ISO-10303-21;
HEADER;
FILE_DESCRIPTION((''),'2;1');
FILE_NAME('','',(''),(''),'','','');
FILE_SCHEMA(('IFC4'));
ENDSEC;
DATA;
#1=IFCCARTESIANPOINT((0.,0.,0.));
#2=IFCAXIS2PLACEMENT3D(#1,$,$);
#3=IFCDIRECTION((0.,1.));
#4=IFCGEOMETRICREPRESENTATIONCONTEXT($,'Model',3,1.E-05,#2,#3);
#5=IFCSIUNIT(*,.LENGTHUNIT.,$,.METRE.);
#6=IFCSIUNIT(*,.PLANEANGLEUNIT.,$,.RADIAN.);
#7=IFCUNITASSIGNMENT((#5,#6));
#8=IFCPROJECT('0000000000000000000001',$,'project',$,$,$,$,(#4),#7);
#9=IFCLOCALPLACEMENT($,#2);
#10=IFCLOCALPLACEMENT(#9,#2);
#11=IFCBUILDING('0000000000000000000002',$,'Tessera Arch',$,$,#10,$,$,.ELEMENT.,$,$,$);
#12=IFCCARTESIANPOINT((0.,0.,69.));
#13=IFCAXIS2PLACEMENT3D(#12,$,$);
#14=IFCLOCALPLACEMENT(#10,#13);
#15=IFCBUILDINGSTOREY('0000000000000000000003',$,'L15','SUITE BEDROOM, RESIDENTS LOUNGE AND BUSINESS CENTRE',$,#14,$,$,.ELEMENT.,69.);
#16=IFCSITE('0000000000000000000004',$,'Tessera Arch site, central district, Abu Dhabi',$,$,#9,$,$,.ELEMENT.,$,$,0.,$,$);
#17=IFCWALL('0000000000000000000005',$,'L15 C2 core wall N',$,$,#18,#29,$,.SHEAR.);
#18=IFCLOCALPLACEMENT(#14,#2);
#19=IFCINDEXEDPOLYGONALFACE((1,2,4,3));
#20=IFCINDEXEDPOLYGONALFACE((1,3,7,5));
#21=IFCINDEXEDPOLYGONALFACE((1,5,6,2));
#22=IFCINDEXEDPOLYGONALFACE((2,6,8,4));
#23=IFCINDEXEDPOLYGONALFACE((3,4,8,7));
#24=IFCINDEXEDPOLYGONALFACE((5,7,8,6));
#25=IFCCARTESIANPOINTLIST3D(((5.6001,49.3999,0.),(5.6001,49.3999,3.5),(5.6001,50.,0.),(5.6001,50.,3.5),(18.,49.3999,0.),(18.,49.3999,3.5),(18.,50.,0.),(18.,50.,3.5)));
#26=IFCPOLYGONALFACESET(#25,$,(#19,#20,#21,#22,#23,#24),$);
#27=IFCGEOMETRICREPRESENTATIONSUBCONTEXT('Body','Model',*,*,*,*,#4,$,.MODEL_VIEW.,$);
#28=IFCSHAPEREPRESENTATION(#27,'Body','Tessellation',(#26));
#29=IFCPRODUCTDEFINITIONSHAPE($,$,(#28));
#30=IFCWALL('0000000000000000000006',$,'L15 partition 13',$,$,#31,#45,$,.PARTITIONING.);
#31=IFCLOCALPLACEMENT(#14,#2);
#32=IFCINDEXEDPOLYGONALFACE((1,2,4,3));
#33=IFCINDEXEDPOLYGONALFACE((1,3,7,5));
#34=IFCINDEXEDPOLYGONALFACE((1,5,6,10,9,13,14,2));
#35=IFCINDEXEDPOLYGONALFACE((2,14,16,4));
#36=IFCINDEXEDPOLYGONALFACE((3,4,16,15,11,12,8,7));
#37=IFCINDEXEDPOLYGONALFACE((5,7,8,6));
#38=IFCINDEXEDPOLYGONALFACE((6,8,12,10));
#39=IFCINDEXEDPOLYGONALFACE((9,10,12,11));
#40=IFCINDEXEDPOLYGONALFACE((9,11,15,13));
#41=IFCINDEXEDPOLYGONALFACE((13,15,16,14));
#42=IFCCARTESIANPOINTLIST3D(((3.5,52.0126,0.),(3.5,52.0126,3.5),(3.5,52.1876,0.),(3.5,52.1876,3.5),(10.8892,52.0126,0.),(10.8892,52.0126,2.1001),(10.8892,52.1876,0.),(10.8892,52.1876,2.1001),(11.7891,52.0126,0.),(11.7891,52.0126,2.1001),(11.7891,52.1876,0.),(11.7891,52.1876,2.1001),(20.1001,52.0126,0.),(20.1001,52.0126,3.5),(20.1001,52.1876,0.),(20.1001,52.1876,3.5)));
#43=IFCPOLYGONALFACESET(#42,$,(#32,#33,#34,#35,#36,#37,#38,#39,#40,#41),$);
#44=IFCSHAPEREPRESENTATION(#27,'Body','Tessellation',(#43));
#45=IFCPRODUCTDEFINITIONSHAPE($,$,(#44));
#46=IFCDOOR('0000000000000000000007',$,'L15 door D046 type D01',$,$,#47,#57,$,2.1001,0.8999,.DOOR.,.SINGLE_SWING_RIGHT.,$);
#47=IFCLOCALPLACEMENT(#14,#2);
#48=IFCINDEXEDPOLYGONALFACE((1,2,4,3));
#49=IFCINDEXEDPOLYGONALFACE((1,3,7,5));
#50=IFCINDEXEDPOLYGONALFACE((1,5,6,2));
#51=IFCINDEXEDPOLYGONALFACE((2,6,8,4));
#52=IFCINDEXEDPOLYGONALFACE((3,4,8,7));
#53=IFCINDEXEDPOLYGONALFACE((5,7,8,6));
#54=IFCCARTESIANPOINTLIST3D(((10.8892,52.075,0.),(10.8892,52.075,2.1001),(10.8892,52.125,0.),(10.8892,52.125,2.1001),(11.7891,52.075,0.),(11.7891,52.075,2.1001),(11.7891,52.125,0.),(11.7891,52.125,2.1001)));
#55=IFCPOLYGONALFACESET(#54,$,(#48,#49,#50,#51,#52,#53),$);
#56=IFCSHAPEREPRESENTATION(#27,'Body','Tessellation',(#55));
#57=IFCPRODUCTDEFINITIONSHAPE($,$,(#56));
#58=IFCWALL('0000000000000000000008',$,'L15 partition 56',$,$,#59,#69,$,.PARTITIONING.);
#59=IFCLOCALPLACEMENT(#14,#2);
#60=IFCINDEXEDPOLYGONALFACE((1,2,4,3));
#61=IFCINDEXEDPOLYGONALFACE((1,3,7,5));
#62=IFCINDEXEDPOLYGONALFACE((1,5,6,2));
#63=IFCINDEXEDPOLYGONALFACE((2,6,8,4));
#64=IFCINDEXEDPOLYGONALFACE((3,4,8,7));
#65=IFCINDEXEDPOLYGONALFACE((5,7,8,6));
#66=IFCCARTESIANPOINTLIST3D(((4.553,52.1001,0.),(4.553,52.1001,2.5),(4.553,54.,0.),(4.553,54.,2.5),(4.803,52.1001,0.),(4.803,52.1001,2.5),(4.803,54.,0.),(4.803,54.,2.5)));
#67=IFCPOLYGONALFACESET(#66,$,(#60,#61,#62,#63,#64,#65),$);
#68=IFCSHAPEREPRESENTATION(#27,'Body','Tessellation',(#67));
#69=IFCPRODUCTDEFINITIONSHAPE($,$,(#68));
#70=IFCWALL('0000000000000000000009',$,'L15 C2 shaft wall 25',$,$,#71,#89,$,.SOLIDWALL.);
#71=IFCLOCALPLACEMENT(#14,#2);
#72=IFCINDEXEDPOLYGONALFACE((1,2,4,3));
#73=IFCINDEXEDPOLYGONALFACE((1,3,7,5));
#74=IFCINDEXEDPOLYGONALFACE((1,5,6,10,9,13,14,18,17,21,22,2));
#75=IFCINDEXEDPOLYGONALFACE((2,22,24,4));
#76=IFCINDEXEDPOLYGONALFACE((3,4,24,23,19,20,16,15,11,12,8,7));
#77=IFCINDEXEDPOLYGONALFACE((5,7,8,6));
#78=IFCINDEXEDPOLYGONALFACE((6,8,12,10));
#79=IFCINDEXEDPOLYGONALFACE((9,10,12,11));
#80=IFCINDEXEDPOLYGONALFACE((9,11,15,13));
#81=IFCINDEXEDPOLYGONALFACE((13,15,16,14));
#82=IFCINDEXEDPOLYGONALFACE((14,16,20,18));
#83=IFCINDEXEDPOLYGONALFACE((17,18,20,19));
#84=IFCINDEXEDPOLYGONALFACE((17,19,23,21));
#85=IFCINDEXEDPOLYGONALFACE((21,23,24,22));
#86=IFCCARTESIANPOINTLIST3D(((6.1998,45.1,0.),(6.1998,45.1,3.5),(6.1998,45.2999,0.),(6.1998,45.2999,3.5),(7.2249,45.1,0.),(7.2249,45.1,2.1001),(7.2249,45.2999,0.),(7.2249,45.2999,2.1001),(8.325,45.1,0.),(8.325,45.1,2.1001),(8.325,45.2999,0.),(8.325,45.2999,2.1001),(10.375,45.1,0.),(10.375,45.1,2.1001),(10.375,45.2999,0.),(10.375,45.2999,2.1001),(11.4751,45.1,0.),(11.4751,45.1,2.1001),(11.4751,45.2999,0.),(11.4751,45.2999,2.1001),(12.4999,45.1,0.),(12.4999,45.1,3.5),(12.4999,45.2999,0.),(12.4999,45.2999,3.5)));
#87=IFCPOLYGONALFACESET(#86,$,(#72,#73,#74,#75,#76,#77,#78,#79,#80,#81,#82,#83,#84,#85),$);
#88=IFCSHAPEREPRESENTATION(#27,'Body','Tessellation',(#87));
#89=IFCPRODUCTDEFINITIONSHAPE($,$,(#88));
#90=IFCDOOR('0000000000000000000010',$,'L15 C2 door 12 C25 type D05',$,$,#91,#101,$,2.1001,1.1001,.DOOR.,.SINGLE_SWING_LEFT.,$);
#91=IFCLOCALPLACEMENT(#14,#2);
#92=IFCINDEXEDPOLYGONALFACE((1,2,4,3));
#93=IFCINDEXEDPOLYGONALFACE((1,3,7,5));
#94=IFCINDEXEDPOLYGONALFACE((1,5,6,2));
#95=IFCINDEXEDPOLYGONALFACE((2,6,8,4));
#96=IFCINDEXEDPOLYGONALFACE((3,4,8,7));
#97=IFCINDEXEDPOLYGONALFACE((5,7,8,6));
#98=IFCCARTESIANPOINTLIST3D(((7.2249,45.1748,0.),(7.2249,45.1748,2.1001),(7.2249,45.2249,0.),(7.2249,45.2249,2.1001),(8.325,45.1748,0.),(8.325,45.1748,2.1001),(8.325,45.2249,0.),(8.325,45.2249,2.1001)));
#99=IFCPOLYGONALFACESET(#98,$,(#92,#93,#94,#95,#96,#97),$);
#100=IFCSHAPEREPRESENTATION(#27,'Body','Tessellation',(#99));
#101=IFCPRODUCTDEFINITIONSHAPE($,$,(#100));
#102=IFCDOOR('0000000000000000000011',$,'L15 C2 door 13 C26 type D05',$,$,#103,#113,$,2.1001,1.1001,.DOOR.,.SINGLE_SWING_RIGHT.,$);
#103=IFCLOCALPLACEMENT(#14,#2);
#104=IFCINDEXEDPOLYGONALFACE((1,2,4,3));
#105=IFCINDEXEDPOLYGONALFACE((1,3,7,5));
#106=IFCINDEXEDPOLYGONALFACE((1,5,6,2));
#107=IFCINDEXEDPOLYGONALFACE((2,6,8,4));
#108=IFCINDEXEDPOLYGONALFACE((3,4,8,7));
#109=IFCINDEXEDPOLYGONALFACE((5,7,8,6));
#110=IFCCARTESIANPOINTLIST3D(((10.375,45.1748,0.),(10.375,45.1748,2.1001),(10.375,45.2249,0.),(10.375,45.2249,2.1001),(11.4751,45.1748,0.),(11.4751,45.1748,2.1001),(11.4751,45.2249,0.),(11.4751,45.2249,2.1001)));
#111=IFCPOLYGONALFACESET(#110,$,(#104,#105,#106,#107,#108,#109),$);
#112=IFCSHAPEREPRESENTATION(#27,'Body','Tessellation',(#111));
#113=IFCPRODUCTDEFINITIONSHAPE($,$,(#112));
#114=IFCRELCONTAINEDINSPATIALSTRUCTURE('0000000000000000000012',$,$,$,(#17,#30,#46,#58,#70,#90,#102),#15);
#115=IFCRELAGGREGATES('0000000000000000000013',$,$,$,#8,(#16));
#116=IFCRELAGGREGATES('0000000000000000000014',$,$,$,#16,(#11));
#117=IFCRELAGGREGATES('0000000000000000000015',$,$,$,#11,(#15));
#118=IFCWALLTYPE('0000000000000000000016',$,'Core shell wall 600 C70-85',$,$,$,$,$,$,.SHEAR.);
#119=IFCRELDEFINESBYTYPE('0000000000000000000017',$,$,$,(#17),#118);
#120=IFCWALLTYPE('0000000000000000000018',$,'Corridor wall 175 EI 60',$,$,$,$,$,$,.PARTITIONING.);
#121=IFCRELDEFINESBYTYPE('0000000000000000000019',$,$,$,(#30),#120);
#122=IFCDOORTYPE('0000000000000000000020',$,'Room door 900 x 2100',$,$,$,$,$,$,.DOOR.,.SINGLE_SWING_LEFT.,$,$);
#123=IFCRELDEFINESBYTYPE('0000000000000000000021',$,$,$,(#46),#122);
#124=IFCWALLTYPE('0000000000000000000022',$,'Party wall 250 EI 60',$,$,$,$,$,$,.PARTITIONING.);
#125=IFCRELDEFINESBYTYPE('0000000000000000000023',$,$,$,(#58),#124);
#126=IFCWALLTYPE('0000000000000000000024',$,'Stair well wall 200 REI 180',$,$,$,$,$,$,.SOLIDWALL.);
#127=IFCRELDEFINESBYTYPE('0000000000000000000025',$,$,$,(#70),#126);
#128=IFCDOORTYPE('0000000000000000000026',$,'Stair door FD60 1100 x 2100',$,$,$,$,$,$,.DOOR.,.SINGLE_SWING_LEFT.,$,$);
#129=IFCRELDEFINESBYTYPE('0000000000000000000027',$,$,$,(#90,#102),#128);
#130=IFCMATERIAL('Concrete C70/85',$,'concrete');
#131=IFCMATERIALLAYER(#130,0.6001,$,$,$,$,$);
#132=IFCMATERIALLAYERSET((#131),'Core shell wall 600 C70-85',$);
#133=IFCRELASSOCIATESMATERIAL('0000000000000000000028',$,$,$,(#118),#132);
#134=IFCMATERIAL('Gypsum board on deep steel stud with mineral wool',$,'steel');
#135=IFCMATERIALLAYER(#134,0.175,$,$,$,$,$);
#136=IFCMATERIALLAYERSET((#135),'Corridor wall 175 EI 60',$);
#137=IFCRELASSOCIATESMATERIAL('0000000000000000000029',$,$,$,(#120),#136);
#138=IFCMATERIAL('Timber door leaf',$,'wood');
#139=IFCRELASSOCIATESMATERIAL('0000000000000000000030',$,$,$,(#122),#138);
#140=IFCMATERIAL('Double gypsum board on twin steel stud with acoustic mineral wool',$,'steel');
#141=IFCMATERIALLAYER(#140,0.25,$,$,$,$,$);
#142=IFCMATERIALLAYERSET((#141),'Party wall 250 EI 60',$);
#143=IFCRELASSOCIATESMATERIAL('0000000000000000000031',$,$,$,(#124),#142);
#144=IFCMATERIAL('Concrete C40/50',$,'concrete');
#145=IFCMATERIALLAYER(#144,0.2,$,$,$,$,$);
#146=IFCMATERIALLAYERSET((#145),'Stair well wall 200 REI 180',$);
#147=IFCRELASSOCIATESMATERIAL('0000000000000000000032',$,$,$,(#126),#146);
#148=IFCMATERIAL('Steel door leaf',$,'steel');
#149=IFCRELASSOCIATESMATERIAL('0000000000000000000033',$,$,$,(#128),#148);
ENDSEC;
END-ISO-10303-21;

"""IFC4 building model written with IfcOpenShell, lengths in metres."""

from ifc_helpers import new_model, si_unit, direction, frame, frame_2d, origin, place, context, subcontext, project, spatial, rectangle, extrude, material, layer, layer_set, type_object, element, fill, save


model = new_model("IFC4")

# Units and contexts
model_context = context("Model", 3, precision=1e-05, world=origin(), true_north=direction((0.0, 1.0)))
body_context = subcontext(model_context, "Body", "Model", "MODEL_VIEW")
ifc_project = project(units=[si_unit("LENGTHUNIT", "METRE"), si_unit("PLANEANGLEUNIT", "RADIAN")], contexts=[model_context])

# Site, building, storey
site_placement = place(None, origin())
site = spatial("IfcSite", under=ifc_project, at=site_placement, Name="Tessera Arch site, central district, Abu Dhabi", CompositionType="ELEMENT", RefElevation=0.0)
building_placement = place(site_placement, origin())
building = spatial("IfcBuilding", under=site, at=building_placement, Name="Tessera Arch", CompositionType="ELEMENT")
storey_placement = place(building_placement, frame((0.0, 0.0, 69.0)))
storey = spatial("IfcBuildingStorey", under=building, at=storey_placement, Name="L15", Description="SUITE BEDROOM, RESIDENTS LOUNGE AND BUSINESS CENTRE", CompositionType="ELEMENT", Elevation=69.0)

# Wall
ifc_material_1 = material(Name="Concrete C70/85", Category="concrete")
ifc_layer_1 = layer(ifc_material_1, 0.6001)
ifc_layer_set_1 = layer_set([ifc_layer_1], Name="Core shell wall 600 C70-85")
wall_type_1 = type_object("IfcWallType", Name="Core shell wall 600 C70-85", PredefinedType="SHEAR", material=ifc_layer_set_1)
wall_1_placement = place(storey_placement, frame((5.6001, 49.7, 0.0), z_axis=(0.0, 0.0, 1.0), x_axis=(1.0, 0.0, 0.0)))
element("IfcWall", 1, at=wall_1_placement, inside=storey, type_object=wall_type_1, Name="L15 C2 core wall N", PredefinedType="SHEAR", context=body_context, shape_type="SweptSolid", body=[
    extrude(rectangle(XDim=12.3999, YDim=0.6001, at=frame_2d((6.2, 0.0))), origin(), (0.0, 0.0, 1.0), 3.5),
])

# Wall, opening, door
ifc_material_2 = material(Name="Gypsum board on deep steel stud with mineral wool", Category="steel")
ifc_layer_2 = layer(ifc_material_2, 0.175)
ifc_layer_set_2 = layer_set([ifc_layer_2], Name="Corridor wall 175 EI 60")
wall_type_2 = type_object("IfcWallType", Name="Corridor wall 175 EI 60", PredefinedType="PARTITIONING", material=ifc_layer_set_2)
wall_2_placement = place(storey_placement, frame((3.5, 52.1001, 0.0), z_axis=(0.0, 0.0, 1.0), x_axis=(1.0, 0.0, 0.0)))
wall_2 = element("IfcWall", 2, at=wall_2_placement, inside=storey, type_object=wall_type_2, Name="L15 partition 13", PredefinedType="PARTITIONING", context=body_context, shape_type="SweptSolid", body=[
    extrude(rectangle(XDim=16.6001, YDim=0.175, at=frame_2d((8.3, 0.0))), origin(), (0.0, 0.0, 1.0), 3.5),
])
opening_1_placement = place(wall_2_placement, frame((7.3892, 0.0, 0.0)))
opening_1 = element("IfcOpeningElement", 3, at=opening_1_placement, cuts=wall_2, PredefinedType="OPENING", context=body_context, shape_type="SweptSolid", body=[
    extrude(rectangle(XDim=0.8999, YDim=2.1001, at=frame_2d((0.45, 1.05))), frame((0.0, 0.0974, 0.0), z_axis=(0.0, -1.0, 0.0), x_axis=(1.0, 0.0, 0.0)), (0.0, 0.0, 1.0), 0.1951),
])
ifc_material_3 = material(Name="Timber door leaf", Category="wood")
door_type_1 = type_object("IfcDoorType", Name="Room door 900 x 2100", OperationType="SINGLE_SWING_LEFT", PredefinedType="DOOR", material=ifc_material_3)
door_1_placement = place(opening_1_placement, origin())
door_1 = element("IfcDoor", 4, at=door_1_placement, inside=storey, type_object=door_type_1, Name="L15 door D046 type D01", OperationType="SINGLE_SWING_RIGHT", OverallHeight=2.1001, OverallWidth=0.8999, PredefinedType="DOOR", context=body_context, shape_type="SweptSolid", body=[
    extrude(rectangle(XDim=0.8999, YDim=2.1001, at=frame_2d((0.45, 1.05))), frame((0.0, 0.0249, 0.0), z_axis=(0.0, -1.0, 0.0), x_axis=(1.0, 0.0, 0.0)), (0.0, 0.0, 1.0), 0.05),
])
fill(opening_1, door_1)

# Wall
ifc_material_4 = material(Name="Double gypsum board on twin steel stud with acoustic mineral wool", Category="steel")
ifc_layer_3 = layer(ifc_material_4, 0.25)
ifc_layer_set_3 = layer_set([ifc_layer_3], Name="Party wall 250 EI 60")
wall_type_3 = type_object("IfcWallType", Name="Party wall 250 EI 60", PredefinedType="PARTITIONING", material=ifc_layer_set_3)
wall_3_placement = place(storey_placement, frame((4.678, 52.1001, 0.0), z_axis=(0.0, 0.0, 1.0), x_axis=(0.0, 1.0, 0.0)))
element("IfcWall", 5, at=wall_3_placement, inside=storey, type_object=wall_type_3, Name="L15 partition 56", PredefinedType="PARTITIONING", context=body_context, shape_type="SweptSolid", body=[
    extrude(rectangle(XDim=1.8999, YDim=0.25, at=frame_2d((0.95, 0.0))), origin(), (0.0, 0.0, 1.0), 2.5),
])

# Wall, openings, doors
ifc_material_5 = material(Name="Concrete C40/50", Category="concrete")
ifc_layer_4 = layer(ifc_material_5, 0.2)
ifc_layer_set_4 = layer_set([ifc_layer_4], Name="Stair well wall 200 REI 180")
wall_type_4 = type_object("IfcWallType", Name="Stair well wall 200 REI 180", PredefinedType="SOLIDWALL", material=ifc_layer_set_4)
wall_4_placement = place(storey_placement, frame((6.2, 45.2, 0.0), z_axis=(0.0, 0.0, 1.0), x_axis=(1.0, 0.0, 0.0)))
wall_4 = element("IfcWall", 6, at=wall_4_placement, inside=storey, type_object=wall_type_4, Name="L15 C2 shaft wall 25", PredefinedType="SOLIDWALL", context=body_context, shape_type="SweptSolid", body=[
    extrude(rectangle(XDim=6.3, YDim=0.2, at=frame_2d((3.1499, 0.0))), origin(), (0.0, 0.0, 1.0), 3.5),
])
opening_2_placement = place(wall_4_placement, frame((1.0249, 0.0, 0.0)))
opening_2 = element("IfcOpeningElement", 7, at=opening_2_placement, cuts=wall_4, PredefinedType="OPENING", context=body_context, shape_type="SweptSolid", body=[
    extrude(rectangle(XDim=1.1001, YDim=2.1001, at=frame_2d((0.55, 1.05))), frame((0.0, 0.1099, 0.0), z_axis=(0.0, -1.0, 0.0), x_axis=(1.0, 0.0, 0.0)), (0.0, 0.0, 1.0), 0.22),
])
opening_3_placement = place(wall_4_placement, frame((4.175, 0.0, 0.0)))
opening_3 = element("IfcOpeningElement", 8, at=opening_3_placement, cuts=wall_4, PredefinedType="OPENING", context=body_context, shape_type="SweptSolid", body=[
    extrude(rectangle(XDim=1.1001, YDim=2.1001, at=frame_2d((0.55, 1.05))), frame((0.0, 0.1099, 0.0), z_axis=(0.0, -1.0, 0.0), x_axis=(1.0, 0.0, 0.0)), (0.0, 0.0, 1.0), 0.22),
])
ifc_material_6 = material(Name="Steel door leaf", Category="steel")
door_type_2 = type_object("IfcDoorType", Name="Stair door FD60 1100 x 2100", OperationType="SINGLE_SWING_LEFT", PredefinedType="DOOR", material=ifc_material_6)
door_2_placement = place(opening_2_placement, origin())
door_2 = element("IfcDoor", 9, at=door_2_placement, inside=storey, type_object=door_type_2, Name="L15 C2 door 12 C25 type D05", OperationType="SINGLE_SWING_LEFT", OverallHeight=2.1001, OverallWidth=1.1001, PredefinedType="DOOR", context=body_context, shape_type="SweptSolid", body=[
    extrude(rectangle(XDim=1.1001, YDim=2.1001, at=frame_2d((0.55, 1.05))), frame((0.0, 0.0249, 0.0), z_axis=(0.0, -1.0, 0.0), x_axis=(1.0, 0.0, 0.0)), (0.0, 0.0, 1.0), 0.05),
])
fill(opening_2, door_2)
door_3_placement = place(opening_3_placement, origin())
door_3 = element("IfcDoor", 10, at=door_3_placement, inside=storey, type_object=door_type_2, Name="L15 C2 door 13 C26 type D05", OperationType="SINGLE_SWING_RIGHT", OverallHeight=2.1001, OverallWidth=1.1001, PredefinedType="DOOR", context=body_context, shape_type="SweptSolid", body=[
    extrude(rectangle(XDim=1.1001, YDim=2.1001, at=frame_2d((0.55, 1.05))), frame((0.0, 0.0249, 0.0), z_axis=(0.0, -1.0, 0.0), x_axis=(1.0, 0.0, 0.0)), (0.0, 0.0, 1.0), 0.05),
])
fill(opening_3, door_3)

save(model, "model.ifc")
